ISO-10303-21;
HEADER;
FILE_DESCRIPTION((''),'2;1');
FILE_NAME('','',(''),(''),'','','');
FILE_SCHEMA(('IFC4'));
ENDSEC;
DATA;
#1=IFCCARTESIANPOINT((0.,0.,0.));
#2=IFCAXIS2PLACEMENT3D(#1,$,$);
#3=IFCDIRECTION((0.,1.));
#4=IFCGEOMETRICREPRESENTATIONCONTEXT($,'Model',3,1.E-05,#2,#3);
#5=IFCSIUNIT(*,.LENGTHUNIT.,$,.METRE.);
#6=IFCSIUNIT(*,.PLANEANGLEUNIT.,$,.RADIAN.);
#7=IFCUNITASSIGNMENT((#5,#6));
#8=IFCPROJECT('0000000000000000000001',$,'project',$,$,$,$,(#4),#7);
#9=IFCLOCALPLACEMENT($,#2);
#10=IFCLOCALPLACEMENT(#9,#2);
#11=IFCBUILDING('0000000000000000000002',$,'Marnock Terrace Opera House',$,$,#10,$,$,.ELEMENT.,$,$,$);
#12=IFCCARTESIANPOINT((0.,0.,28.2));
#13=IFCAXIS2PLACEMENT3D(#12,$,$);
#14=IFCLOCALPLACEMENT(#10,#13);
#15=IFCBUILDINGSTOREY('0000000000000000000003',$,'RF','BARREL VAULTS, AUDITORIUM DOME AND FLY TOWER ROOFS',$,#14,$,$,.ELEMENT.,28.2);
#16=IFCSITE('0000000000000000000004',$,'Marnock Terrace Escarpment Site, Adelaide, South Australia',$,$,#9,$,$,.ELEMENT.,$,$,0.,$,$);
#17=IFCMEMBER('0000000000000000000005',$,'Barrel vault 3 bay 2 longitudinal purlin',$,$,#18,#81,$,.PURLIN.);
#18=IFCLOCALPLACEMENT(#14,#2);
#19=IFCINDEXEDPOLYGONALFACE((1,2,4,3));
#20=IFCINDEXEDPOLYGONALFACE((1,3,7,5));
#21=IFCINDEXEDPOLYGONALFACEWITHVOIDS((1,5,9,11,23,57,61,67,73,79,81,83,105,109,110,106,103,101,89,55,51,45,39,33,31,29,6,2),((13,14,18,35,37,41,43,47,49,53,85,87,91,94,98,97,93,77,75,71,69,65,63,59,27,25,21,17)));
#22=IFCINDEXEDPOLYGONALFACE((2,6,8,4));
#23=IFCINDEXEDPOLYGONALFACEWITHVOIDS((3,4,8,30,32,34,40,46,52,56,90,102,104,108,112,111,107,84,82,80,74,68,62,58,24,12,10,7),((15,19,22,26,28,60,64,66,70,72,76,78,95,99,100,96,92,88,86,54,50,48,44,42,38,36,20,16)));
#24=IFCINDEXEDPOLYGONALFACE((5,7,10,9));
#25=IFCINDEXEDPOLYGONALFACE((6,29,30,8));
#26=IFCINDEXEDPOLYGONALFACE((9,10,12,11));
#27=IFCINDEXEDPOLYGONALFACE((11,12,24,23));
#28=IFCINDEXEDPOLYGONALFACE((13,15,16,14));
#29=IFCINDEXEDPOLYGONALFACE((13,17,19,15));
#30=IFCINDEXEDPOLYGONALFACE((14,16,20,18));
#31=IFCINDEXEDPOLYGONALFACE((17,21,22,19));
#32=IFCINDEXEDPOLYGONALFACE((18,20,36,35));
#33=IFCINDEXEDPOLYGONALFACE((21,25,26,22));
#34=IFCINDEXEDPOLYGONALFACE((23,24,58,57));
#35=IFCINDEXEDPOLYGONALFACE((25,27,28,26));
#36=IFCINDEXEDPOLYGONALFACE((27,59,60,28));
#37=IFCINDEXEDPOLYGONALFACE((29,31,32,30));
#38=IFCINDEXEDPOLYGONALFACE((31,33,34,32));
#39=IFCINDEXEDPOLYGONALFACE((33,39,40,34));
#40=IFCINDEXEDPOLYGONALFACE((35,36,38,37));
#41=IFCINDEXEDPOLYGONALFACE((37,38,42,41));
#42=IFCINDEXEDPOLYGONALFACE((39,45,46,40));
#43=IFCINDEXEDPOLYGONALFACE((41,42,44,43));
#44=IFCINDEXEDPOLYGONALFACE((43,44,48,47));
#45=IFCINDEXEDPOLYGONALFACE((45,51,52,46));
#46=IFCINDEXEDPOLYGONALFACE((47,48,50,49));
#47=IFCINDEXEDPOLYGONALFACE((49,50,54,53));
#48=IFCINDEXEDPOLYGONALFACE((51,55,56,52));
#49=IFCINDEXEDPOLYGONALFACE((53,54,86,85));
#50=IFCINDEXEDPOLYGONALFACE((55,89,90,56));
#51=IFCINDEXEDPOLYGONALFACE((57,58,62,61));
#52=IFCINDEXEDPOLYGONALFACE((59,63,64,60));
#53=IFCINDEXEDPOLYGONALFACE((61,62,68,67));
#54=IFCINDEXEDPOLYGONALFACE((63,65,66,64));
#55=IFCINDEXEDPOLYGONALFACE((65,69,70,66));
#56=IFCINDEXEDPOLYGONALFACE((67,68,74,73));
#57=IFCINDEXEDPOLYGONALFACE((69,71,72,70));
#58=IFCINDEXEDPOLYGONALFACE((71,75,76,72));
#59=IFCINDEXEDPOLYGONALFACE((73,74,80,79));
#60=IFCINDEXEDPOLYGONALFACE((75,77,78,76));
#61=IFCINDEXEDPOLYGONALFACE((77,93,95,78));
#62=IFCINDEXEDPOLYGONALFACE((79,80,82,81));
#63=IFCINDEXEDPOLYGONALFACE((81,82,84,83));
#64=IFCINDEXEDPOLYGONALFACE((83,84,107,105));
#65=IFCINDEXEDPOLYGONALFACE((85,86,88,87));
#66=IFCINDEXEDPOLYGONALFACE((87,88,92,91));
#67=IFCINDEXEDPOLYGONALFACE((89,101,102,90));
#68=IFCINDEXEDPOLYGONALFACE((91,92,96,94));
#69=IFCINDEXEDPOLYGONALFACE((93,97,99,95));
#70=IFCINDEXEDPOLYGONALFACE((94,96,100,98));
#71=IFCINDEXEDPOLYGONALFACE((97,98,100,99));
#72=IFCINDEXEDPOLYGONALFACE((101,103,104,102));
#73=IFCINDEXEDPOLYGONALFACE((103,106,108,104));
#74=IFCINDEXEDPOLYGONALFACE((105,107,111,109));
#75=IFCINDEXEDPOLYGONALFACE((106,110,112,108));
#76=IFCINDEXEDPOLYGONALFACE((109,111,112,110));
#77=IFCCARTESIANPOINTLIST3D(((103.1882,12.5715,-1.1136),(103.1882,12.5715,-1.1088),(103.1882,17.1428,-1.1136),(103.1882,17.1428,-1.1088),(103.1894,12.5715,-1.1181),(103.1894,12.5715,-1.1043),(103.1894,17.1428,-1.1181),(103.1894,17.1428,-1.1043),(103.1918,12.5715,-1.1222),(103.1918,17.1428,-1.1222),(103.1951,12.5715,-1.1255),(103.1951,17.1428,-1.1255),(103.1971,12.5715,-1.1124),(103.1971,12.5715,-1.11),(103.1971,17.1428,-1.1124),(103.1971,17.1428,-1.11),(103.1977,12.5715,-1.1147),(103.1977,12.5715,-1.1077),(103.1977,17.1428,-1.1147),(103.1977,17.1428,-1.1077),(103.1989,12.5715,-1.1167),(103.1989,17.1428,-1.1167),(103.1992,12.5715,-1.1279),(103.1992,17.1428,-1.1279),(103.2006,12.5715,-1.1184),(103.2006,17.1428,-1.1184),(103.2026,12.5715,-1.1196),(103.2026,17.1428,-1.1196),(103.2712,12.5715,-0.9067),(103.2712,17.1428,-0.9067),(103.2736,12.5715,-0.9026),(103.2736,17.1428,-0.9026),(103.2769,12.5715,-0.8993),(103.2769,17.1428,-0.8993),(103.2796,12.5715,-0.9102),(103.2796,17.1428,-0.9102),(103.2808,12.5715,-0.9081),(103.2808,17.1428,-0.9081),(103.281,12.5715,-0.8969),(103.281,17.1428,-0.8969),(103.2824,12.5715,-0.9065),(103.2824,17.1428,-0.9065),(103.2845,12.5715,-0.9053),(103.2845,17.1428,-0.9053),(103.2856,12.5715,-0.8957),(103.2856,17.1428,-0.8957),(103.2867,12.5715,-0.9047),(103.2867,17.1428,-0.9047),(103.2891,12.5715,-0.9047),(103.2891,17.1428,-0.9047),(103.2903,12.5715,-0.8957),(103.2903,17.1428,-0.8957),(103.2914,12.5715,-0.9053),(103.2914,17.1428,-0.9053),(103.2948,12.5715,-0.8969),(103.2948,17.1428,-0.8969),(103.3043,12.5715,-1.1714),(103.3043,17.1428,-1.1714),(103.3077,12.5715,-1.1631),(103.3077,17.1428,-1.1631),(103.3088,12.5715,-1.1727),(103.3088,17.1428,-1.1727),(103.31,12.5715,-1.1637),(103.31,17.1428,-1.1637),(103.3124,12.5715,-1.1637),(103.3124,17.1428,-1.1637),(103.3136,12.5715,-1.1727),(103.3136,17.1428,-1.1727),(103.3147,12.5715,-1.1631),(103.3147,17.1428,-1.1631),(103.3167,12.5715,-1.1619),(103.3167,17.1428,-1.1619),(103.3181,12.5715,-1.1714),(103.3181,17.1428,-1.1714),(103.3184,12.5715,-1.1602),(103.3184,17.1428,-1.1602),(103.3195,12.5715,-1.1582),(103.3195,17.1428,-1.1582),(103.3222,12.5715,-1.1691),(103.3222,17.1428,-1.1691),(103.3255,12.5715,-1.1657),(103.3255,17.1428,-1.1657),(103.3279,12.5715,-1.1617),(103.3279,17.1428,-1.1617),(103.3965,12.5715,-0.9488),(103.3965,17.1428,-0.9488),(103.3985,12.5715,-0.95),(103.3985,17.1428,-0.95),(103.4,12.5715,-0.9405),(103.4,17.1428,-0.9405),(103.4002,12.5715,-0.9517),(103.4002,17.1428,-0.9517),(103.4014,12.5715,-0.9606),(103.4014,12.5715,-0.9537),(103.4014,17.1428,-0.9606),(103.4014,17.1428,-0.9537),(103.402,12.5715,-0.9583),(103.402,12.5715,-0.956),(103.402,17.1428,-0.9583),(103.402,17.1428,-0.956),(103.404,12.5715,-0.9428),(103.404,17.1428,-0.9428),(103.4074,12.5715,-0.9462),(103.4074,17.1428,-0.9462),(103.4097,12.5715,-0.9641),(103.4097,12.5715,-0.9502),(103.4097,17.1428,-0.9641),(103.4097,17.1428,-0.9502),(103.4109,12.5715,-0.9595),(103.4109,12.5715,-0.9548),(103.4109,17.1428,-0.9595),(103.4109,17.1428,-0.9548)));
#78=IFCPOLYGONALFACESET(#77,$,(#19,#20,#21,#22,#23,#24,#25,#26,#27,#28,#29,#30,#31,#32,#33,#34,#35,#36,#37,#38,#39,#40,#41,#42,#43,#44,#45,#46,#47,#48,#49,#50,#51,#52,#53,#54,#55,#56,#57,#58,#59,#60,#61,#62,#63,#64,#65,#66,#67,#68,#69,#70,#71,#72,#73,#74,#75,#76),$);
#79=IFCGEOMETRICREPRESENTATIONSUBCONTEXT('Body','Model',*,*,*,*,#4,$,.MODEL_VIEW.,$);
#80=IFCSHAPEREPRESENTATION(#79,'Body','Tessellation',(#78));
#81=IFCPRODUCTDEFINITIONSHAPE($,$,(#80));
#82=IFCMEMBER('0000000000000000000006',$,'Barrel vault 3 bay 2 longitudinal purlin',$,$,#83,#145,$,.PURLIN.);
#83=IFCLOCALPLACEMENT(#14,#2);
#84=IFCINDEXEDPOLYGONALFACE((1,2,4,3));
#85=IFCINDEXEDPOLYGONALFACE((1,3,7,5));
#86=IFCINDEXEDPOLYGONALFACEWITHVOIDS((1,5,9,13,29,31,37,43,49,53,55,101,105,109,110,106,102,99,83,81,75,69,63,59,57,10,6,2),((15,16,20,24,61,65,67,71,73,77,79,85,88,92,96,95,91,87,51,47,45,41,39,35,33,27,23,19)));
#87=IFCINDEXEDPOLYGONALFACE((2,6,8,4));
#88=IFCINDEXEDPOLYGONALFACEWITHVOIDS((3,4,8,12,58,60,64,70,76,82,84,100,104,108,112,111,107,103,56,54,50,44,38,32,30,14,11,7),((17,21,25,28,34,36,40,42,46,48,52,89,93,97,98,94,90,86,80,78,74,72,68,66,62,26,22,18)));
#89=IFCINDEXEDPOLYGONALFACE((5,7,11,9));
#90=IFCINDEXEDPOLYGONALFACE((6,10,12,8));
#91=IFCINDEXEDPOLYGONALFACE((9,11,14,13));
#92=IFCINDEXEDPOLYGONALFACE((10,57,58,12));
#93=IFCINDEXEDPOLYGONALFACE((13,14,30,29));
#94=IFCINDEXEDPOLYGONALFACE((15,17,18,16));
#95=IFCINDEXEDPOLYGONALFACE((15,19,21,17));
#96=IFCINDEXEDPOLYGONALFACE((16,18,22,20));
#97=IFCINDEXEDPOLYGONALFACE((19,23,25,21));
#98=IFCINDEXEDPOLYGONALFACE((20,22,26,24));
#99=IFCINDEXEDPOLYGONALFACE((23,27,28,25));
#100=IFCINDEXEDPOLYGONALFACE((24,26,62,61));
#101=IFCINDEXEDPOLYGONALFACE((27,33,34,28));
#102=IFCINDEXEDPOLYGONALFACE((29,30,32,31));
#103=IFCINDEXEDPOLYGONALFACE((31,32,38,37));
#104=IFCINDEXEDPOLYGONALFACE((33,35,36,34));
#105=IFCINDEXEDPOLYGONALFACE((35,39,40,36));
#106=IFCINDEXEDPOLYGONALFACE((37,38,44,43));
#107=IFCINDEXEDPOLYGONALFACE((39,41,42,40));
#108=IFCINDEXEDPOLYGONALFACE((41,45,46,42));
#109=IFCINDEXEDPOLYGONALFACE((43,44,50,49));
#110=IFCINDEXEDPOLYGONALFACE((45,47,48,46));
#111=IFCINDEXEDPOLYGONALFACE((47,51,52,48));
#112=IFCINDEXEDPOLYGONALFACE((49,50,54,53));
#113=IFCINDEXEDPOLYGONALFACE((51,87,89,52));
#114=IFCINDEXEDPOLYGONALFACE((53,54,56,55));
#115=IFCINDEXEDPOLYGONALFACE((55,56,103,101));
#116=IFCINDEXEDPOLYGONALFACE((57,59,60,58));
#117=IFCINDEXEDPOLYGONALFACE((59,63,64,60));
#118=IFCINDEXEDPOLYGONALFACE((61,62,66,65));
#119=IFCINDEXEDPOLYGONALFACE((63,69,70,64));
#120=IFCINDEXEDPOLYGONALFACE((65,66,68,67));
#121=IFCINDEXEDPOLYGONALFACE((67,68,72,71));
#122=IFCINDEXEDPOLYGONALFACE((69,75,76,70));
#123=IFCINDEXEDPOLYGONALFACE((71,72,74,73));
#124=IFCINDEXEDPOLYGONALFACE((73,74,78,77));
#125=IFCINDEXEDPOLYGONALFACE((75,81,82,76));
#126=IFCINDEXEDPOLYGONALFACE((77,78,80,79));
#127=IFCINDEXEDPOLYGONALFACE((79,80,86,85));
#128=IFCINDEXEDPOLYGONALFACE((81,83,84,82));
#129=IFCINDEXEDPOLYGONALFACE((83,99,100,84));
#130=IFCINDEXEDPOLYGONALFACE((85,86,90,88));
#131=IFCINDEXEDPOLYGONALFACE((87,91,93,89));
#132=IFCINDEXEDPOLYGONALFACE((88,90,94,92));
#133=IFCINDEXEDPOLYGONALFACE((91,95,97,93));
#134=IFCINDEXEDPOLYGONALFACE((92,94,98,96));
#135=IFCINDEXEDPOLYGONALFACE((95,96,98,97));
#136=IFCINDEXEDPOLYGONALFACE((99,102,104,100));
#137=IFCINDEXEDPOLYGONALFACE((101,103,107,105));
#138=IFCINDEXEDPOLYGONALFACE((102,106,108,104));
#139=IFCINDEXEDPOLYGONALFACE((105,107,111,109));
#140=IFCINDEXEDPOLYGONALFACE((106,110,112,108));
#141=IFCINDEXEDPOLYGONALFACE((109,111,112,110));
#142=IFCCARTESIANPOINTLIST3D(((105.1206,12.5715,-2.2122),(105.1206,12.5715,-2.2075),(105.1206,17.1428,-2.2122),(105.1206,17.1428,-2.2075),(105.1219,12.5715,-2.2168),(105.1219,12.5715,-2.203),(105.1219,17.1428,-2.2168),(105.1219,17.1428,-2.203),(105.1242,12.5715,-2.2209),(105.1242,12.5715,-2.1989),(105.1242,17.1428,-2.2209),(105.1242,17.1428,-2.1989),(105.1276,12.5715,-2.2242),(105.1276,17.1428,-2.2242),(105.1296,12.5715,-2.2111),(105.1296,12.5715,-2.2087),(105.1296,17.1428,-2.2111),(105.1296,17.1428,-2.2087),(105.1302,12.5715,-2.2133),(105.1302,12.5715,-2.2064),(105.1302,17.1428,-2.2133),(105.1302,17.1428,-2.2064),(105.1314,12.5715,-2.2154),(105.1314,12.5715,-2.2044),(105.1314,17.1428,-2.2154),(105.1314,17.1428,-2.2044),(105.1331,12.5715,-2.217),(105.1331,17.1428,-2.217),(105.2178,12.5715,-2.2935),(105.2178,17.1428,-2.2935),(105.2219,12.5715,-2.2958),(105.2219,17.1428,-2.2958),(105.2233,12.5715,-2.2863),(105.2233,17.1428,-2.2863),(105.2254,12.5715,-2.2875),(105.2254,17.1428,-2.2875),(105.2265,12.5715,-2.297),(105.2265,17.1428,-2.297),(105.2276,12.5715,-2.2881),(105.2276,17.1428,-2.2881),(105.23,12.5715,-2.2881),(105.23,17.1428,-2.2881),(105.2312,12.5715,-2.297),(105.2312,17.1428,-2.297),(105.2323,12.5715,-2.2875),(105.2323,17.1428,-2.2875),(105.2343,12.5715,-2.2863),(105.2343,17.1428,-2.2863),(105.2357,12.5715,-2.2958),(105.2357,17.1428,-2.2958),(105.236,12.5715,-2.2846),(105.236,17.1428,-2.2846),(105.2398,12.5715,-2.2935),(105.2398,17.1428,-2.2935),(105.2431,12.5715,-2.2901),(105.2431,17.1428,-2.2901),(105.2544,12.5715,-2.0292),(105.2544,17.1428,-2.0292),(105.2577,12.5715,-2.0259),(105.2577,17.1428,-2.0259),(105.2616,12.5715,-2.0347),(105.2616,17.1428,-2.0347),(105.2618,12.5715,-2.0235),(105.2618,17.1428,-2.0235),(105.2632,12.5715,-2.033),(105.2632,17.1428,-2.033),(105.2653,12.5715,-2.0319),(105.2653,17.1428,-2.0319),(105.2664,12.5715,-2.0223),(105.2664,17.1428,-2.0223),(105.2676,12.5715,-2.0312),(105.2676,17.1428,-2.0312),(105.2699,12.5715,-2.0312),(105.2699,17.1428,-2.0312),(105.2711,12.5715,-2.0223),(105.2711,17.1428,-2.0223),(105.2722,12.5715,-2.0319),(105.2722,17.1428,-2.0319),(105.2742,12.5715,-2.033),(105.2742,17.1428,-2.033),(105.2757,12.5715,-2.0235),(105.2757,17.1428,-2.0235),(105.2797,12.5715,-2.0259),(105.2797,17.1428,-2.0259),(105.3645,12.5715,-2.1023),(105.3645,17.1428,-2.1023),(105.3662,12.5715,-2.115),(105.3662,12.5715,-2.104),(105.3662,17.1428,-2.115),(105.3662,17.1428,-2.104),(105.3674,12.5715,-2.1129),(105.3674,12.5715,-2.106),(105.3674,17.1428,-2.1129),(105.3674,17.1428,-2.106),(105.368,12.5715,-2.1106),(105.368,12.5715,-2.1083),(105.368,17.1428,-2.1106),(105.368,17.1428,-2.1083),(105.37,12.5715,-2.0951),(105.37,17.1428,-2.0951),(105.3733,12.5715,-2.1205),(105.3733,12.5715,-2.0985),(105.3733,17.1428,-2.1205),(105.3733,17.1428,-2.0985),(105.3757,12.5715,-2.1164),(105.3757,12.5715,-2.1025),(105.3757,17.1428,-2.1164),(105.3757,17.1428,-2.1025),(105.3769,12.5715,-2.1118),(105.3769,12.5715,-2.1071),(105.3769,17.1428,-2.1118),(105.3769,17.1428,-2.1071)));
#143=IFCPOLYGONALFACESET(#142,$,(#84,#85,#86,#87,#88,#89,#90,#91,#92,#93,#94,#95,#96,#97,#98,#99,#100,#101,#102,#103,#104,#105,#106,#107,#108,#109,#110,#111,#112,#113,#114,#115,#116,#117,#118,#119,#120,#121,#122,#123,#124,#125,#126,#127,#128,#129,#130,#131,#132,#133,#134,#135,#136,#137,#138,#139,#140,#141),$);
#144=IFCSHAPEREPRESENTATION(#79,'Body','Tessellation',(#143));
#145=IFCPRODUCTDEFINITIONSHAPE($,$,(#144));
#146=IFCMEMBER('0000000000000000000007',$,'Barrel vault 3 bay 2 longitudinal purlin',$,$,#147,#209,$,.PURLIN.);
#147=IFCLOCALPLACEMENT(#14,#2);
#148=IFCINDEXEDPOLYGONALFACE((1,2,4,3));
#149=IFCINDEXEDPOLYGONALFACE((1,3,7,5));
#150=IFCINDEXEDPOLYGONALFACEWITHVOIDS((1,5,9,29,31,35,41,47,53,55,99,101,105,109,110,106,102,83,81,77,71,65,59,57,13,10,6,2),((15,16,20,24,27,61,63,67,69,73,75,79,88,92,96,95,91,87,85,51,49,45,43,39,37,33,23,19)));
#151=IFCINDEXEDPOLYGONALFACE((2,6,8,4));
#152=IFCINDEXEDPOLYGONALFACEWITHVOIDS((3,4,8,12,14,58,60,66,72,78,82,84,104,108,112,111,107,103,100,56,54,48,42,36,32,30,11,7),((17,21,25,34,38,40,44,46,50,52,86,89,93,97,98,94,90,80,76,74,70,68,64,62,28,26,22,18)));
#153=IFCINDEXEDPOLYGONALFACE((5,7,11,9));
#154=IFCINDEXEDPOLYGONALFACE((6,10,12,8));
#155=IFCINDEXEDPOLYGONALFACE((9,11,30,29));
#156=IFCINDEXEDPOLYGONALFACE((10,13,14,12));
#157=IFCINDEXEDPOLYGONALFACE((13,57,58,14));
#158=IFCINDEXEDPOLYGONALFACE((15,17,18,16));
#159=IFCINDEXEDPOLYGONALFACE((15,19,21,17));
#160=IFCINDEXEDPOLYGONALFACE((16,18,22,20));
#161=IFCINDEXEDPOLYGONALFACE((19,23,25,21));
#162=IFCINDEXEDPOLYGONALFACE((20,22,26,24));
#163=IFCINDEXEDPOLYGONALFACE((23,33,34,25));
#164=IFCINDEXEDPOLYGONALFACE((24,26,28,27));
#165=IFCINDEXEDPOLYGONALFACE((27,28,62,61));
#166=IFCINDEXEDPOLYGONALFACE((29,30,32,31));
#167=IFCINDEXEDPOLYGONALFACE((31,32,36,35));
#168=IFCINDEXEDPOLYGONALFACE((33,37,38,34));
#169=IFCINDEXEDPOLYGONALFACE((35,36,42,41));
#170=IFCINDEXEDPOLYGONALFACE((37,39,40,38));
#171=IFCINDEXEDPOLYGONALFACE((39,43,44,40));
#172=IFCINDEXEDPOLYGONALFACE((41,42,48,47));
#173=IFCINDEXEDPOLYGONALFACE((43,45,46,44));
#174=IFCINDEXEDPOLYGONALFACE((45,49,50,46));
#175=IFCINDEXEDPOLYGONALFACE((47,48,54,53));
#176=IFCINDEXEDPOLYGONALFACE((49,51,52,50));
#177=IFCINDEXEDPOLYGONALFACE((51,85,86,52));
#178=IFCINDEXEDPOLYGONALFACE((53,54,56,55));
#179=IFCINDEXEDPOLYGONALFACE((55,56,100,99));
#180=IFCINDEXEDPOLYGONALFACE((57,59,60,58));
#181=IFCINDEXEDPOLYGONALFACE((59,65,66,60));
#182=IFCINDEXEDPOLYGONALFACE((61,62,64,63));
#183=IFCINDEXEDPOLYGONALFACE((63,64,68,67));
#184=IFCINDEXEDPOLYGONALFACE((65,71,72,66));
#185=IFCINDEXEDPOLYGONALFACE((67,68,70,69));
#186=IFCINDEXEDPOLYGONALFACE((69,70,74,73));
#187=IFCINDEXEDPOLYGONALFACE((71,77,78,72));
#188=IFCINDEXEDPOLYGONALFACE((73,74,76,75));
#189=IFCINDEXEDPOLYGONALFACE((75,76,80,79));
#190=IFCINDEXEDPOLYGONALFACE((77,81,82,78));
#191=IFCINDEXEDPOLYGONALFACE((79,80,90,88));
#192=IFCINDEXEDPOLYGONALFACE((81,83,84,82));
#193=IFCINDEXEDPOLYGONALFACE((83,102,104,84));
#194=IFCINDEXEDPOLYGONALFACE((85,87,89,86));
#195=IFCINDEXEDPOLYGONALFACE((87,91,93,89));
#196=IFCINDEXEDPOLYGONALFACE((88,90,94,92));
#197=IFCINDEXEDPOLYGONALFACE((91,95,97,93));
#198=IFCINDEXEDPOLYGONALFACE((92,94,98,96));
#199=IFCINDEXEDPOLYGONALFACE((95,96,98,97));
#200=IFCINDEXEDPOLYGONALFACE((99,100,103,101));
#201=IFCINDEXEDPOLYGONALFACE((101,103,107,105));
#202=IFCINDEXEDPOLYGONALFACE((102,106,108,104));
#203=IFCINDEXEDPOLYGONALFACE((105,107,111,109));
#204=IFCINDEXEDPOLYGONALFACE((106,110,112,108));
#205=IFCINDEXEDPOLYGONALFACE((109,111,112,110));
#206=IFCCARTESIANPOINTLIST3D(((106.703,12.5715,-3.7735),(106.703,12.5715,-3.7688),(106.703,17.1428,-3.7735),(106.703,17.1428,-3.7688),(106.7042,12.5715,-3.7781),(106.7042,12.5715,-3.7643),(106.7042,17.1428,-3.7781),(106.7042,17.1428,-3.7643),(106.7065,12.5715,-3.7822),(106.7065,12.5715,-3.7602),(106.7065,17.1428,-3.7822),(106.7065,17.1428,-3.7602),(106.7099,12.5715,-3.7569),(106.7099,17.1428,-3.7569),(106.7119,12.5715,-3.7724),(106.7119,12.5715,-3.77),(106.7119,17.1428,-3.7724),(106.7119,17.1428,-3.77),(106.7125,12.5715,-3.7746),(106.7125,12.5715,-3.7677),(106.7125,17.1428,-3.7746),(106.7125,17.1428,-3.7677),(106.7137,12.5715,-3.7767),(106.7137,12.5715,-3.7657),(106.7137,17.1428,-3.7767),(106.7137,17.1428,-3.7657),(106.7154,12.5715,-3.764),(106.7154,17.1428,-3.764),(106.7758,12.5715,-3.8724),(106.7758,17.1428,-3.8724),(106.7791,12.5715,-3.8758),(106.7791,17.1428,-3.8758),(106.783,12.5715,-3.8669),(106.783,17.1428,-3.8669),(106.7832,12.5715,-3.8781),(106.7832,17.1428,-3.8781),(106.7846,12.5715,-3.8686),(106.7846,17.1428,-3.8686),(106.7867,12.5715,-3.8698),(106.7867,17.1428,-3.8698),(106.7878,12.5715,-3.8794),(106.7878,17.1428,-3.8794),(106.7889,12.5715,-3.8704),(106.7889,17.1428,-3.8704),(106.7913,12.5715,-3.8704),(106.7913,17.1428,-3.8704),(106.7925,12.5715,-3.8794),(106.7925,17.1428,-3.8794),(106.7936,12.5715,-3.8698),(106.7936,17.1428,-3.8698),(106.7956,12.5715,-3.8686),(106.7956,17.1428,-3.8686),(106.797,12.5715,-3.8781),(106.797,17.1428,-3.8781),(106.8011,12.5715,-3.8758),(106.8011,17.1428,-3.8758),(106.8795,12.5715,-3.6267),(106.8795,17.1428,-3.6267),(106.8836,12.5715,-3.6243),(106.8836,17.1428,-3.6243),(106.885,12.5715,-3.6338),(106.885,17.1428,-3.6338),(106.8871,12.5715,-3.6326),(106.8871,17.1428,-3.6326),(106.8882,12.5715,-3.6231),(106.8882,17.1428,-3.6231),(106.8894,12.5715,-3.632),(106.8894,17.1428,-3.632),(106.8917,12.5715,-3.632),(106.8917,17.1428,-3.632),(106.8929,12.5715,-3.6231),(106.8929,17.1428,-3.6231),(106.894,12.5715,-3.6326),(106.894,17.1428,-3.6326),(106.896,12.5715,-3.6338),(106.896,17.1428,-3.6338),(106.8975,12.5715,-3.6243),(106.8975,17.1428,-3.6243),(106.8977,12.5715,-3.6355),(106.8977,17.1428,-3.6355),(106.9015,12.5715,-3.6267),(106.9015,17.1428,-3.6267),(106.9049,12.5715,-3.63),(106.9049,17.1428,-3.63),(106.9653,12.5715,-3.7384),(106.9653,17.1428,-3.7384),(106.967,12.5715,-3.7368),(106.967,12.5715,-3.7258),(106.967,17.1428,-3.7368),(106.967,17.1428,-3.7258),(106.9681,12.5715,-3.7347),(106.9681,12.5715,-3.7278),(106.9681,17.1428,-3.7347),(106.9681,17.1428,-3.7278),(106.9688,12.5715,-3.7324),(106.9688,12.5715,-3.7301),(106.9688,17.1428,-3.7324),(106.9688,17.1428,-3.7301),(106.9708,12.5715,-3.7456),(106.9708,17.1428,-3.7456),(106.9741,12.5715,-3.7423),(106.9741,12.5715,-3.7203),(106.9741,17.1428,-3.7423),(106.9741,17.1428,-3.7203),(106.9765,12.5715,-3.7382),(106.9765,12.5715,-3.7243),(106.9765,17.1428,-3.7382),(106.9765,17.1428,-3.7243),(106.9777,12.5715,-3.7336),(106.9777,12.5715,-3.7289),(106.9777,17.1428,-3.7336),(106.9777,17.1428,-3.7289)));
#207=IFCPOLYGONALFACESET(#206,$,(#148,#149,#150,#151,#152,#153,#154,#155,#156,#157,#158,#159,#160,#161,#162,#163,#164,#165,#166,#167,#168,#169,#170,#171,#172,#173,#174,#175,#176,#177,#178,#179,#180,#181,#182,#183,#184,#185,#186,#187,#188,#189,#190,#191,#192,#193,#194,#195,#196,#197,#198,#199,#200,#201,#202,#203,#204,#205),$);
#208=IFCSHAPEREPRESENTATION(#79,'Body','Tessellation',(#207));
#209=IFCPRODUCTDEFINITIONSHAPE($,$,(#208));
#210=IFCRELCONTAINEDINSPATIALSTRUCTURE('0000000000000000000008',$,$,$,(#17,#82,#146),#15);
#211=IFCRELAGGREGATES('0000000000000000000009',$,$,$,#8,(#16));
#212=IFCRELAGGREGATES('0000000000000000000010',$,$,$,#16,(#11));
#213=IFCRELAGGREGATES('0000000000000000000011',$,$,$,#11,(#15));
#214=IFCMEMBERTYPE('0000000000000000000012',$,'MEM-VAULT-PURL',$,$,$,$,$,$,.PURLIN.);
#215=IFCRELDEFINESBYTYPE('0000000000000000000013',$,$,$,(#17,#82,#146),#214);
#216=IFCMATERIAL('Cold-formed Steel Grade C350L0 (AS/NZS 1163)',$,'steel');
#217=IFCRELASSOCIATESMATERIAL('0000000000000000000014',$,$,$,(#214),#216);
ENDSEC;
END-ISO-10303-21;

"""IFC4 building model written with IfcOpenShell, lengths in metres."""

from ifc_helpers import new_model, si_unit, direction, frame, origin, origin_2d, place, context, subcontext, project, spatial, hollow_rectangle, extrude, material, material_profile, profile_set, type_object, element, save


model = new_model("IFC4")

# Units and contexts
model_context = context("Model", 3, precision=1e-05, world=origin(), true_north=direction((0.0, 1.0)))
body_context = subcontext(model_context, "Body", "Model", "MODEL_VIEW")
ifc_project = project(units=[si_unit("LENGTHUNIT", "METRE"), si_unit("PLANEANGLEUNIT", "RADIAN")], contexts=[model_context])

# Site, building, storey
site_placement = place(None, origin())
site = spatial("IfcSite", under=ifc_project, at=site_placement, Name="Marnock Terrace Escarpment Site, Adelaide, South Australia", CompositionType="ELEMENT", RefElevation=0.0)
building_placement = place(site_placement, origin())
building = spatial("IfcBuilding", under=site, at=building_placement, Name="Marnock Terrace Opera House", CompositionType="ELEMENT")
storey_placement = place(building_placement, frame((0.0, 0.0, 28.2)))
storey = spatial("IfcBuildingStorey", under=building, at=storey_placement, Name="RF", Description="BARREL VAULTS, AUDITORIUM DOME AND FLY TOWER ROOFS", CompositionType="ELEMENT", Elevation=28.2)

# Members
ifc_material_1 = material(Name="Cold-formed Steel Grade C350L0 (AS/NZS 1163)", Category="steel")
ifc_material_profile_1 = material_profile(ifc_material_1, hollow_rectangle(XDim=0.1499, YDim=0.25, WallThickness=0.009, InnerFilletRadius=0.009, OuterFilletRadius=0.0181, at=origin_2d()))
ifc_profile_set_1 = profile_set([ifc_material_profile_1], Name="Cold-formed Steel Grade C350L0 (AS/NZS 1163)")
member_type_1 = type_object("IfcMemberType", Name="MEM-VAULT-PURL", PredefinedType="PURLIN", material=ifc_profile_set_1)
for number, where, z_axis, x_axis, name in (
    (1, (103.2996, 12.5715, -1.0342), (0.0, 1.0, 0.0), (-0.92388, 0.0, 0.382683), "Barrel vault 3 bay 2 longitudinal purlin"),
    (2, (105.2488, 12.5715, -2.1597), (0.0, 1.0, 0.0), (-0.793353, 0.0, 0.608761), "Barrel vault 3 bay 2 longitudinal purlin"),
    (3, (106.8403, 12.5715, -3.7512), (0.0, 1.0, 0.0), (-0.608761, 0.0, 0.793353), "Barrel vault 3 bay 2 longitudinal purlin"),
):
    element("IfcMember", number, at=place(storey_placement, frame(where, z_axis=z_axis, x_axis=x_axis)), inside=storey, type_object=member_type_1, Name=name, PredefinedType="PURLIN", context=body_context, shape_type="SweptSolid", body=[
        extrude(hollow_rectangle(XDim=0.1499, YDim=0.25, WallThickness=0.009, InnerFilletRadius=0.009, OuterFilletRadius=0.0181, at=origin_2d()), origin(), (0.0, 0.0, 1.0), 4.5713),
    ])

save(model, "model.ifc")
